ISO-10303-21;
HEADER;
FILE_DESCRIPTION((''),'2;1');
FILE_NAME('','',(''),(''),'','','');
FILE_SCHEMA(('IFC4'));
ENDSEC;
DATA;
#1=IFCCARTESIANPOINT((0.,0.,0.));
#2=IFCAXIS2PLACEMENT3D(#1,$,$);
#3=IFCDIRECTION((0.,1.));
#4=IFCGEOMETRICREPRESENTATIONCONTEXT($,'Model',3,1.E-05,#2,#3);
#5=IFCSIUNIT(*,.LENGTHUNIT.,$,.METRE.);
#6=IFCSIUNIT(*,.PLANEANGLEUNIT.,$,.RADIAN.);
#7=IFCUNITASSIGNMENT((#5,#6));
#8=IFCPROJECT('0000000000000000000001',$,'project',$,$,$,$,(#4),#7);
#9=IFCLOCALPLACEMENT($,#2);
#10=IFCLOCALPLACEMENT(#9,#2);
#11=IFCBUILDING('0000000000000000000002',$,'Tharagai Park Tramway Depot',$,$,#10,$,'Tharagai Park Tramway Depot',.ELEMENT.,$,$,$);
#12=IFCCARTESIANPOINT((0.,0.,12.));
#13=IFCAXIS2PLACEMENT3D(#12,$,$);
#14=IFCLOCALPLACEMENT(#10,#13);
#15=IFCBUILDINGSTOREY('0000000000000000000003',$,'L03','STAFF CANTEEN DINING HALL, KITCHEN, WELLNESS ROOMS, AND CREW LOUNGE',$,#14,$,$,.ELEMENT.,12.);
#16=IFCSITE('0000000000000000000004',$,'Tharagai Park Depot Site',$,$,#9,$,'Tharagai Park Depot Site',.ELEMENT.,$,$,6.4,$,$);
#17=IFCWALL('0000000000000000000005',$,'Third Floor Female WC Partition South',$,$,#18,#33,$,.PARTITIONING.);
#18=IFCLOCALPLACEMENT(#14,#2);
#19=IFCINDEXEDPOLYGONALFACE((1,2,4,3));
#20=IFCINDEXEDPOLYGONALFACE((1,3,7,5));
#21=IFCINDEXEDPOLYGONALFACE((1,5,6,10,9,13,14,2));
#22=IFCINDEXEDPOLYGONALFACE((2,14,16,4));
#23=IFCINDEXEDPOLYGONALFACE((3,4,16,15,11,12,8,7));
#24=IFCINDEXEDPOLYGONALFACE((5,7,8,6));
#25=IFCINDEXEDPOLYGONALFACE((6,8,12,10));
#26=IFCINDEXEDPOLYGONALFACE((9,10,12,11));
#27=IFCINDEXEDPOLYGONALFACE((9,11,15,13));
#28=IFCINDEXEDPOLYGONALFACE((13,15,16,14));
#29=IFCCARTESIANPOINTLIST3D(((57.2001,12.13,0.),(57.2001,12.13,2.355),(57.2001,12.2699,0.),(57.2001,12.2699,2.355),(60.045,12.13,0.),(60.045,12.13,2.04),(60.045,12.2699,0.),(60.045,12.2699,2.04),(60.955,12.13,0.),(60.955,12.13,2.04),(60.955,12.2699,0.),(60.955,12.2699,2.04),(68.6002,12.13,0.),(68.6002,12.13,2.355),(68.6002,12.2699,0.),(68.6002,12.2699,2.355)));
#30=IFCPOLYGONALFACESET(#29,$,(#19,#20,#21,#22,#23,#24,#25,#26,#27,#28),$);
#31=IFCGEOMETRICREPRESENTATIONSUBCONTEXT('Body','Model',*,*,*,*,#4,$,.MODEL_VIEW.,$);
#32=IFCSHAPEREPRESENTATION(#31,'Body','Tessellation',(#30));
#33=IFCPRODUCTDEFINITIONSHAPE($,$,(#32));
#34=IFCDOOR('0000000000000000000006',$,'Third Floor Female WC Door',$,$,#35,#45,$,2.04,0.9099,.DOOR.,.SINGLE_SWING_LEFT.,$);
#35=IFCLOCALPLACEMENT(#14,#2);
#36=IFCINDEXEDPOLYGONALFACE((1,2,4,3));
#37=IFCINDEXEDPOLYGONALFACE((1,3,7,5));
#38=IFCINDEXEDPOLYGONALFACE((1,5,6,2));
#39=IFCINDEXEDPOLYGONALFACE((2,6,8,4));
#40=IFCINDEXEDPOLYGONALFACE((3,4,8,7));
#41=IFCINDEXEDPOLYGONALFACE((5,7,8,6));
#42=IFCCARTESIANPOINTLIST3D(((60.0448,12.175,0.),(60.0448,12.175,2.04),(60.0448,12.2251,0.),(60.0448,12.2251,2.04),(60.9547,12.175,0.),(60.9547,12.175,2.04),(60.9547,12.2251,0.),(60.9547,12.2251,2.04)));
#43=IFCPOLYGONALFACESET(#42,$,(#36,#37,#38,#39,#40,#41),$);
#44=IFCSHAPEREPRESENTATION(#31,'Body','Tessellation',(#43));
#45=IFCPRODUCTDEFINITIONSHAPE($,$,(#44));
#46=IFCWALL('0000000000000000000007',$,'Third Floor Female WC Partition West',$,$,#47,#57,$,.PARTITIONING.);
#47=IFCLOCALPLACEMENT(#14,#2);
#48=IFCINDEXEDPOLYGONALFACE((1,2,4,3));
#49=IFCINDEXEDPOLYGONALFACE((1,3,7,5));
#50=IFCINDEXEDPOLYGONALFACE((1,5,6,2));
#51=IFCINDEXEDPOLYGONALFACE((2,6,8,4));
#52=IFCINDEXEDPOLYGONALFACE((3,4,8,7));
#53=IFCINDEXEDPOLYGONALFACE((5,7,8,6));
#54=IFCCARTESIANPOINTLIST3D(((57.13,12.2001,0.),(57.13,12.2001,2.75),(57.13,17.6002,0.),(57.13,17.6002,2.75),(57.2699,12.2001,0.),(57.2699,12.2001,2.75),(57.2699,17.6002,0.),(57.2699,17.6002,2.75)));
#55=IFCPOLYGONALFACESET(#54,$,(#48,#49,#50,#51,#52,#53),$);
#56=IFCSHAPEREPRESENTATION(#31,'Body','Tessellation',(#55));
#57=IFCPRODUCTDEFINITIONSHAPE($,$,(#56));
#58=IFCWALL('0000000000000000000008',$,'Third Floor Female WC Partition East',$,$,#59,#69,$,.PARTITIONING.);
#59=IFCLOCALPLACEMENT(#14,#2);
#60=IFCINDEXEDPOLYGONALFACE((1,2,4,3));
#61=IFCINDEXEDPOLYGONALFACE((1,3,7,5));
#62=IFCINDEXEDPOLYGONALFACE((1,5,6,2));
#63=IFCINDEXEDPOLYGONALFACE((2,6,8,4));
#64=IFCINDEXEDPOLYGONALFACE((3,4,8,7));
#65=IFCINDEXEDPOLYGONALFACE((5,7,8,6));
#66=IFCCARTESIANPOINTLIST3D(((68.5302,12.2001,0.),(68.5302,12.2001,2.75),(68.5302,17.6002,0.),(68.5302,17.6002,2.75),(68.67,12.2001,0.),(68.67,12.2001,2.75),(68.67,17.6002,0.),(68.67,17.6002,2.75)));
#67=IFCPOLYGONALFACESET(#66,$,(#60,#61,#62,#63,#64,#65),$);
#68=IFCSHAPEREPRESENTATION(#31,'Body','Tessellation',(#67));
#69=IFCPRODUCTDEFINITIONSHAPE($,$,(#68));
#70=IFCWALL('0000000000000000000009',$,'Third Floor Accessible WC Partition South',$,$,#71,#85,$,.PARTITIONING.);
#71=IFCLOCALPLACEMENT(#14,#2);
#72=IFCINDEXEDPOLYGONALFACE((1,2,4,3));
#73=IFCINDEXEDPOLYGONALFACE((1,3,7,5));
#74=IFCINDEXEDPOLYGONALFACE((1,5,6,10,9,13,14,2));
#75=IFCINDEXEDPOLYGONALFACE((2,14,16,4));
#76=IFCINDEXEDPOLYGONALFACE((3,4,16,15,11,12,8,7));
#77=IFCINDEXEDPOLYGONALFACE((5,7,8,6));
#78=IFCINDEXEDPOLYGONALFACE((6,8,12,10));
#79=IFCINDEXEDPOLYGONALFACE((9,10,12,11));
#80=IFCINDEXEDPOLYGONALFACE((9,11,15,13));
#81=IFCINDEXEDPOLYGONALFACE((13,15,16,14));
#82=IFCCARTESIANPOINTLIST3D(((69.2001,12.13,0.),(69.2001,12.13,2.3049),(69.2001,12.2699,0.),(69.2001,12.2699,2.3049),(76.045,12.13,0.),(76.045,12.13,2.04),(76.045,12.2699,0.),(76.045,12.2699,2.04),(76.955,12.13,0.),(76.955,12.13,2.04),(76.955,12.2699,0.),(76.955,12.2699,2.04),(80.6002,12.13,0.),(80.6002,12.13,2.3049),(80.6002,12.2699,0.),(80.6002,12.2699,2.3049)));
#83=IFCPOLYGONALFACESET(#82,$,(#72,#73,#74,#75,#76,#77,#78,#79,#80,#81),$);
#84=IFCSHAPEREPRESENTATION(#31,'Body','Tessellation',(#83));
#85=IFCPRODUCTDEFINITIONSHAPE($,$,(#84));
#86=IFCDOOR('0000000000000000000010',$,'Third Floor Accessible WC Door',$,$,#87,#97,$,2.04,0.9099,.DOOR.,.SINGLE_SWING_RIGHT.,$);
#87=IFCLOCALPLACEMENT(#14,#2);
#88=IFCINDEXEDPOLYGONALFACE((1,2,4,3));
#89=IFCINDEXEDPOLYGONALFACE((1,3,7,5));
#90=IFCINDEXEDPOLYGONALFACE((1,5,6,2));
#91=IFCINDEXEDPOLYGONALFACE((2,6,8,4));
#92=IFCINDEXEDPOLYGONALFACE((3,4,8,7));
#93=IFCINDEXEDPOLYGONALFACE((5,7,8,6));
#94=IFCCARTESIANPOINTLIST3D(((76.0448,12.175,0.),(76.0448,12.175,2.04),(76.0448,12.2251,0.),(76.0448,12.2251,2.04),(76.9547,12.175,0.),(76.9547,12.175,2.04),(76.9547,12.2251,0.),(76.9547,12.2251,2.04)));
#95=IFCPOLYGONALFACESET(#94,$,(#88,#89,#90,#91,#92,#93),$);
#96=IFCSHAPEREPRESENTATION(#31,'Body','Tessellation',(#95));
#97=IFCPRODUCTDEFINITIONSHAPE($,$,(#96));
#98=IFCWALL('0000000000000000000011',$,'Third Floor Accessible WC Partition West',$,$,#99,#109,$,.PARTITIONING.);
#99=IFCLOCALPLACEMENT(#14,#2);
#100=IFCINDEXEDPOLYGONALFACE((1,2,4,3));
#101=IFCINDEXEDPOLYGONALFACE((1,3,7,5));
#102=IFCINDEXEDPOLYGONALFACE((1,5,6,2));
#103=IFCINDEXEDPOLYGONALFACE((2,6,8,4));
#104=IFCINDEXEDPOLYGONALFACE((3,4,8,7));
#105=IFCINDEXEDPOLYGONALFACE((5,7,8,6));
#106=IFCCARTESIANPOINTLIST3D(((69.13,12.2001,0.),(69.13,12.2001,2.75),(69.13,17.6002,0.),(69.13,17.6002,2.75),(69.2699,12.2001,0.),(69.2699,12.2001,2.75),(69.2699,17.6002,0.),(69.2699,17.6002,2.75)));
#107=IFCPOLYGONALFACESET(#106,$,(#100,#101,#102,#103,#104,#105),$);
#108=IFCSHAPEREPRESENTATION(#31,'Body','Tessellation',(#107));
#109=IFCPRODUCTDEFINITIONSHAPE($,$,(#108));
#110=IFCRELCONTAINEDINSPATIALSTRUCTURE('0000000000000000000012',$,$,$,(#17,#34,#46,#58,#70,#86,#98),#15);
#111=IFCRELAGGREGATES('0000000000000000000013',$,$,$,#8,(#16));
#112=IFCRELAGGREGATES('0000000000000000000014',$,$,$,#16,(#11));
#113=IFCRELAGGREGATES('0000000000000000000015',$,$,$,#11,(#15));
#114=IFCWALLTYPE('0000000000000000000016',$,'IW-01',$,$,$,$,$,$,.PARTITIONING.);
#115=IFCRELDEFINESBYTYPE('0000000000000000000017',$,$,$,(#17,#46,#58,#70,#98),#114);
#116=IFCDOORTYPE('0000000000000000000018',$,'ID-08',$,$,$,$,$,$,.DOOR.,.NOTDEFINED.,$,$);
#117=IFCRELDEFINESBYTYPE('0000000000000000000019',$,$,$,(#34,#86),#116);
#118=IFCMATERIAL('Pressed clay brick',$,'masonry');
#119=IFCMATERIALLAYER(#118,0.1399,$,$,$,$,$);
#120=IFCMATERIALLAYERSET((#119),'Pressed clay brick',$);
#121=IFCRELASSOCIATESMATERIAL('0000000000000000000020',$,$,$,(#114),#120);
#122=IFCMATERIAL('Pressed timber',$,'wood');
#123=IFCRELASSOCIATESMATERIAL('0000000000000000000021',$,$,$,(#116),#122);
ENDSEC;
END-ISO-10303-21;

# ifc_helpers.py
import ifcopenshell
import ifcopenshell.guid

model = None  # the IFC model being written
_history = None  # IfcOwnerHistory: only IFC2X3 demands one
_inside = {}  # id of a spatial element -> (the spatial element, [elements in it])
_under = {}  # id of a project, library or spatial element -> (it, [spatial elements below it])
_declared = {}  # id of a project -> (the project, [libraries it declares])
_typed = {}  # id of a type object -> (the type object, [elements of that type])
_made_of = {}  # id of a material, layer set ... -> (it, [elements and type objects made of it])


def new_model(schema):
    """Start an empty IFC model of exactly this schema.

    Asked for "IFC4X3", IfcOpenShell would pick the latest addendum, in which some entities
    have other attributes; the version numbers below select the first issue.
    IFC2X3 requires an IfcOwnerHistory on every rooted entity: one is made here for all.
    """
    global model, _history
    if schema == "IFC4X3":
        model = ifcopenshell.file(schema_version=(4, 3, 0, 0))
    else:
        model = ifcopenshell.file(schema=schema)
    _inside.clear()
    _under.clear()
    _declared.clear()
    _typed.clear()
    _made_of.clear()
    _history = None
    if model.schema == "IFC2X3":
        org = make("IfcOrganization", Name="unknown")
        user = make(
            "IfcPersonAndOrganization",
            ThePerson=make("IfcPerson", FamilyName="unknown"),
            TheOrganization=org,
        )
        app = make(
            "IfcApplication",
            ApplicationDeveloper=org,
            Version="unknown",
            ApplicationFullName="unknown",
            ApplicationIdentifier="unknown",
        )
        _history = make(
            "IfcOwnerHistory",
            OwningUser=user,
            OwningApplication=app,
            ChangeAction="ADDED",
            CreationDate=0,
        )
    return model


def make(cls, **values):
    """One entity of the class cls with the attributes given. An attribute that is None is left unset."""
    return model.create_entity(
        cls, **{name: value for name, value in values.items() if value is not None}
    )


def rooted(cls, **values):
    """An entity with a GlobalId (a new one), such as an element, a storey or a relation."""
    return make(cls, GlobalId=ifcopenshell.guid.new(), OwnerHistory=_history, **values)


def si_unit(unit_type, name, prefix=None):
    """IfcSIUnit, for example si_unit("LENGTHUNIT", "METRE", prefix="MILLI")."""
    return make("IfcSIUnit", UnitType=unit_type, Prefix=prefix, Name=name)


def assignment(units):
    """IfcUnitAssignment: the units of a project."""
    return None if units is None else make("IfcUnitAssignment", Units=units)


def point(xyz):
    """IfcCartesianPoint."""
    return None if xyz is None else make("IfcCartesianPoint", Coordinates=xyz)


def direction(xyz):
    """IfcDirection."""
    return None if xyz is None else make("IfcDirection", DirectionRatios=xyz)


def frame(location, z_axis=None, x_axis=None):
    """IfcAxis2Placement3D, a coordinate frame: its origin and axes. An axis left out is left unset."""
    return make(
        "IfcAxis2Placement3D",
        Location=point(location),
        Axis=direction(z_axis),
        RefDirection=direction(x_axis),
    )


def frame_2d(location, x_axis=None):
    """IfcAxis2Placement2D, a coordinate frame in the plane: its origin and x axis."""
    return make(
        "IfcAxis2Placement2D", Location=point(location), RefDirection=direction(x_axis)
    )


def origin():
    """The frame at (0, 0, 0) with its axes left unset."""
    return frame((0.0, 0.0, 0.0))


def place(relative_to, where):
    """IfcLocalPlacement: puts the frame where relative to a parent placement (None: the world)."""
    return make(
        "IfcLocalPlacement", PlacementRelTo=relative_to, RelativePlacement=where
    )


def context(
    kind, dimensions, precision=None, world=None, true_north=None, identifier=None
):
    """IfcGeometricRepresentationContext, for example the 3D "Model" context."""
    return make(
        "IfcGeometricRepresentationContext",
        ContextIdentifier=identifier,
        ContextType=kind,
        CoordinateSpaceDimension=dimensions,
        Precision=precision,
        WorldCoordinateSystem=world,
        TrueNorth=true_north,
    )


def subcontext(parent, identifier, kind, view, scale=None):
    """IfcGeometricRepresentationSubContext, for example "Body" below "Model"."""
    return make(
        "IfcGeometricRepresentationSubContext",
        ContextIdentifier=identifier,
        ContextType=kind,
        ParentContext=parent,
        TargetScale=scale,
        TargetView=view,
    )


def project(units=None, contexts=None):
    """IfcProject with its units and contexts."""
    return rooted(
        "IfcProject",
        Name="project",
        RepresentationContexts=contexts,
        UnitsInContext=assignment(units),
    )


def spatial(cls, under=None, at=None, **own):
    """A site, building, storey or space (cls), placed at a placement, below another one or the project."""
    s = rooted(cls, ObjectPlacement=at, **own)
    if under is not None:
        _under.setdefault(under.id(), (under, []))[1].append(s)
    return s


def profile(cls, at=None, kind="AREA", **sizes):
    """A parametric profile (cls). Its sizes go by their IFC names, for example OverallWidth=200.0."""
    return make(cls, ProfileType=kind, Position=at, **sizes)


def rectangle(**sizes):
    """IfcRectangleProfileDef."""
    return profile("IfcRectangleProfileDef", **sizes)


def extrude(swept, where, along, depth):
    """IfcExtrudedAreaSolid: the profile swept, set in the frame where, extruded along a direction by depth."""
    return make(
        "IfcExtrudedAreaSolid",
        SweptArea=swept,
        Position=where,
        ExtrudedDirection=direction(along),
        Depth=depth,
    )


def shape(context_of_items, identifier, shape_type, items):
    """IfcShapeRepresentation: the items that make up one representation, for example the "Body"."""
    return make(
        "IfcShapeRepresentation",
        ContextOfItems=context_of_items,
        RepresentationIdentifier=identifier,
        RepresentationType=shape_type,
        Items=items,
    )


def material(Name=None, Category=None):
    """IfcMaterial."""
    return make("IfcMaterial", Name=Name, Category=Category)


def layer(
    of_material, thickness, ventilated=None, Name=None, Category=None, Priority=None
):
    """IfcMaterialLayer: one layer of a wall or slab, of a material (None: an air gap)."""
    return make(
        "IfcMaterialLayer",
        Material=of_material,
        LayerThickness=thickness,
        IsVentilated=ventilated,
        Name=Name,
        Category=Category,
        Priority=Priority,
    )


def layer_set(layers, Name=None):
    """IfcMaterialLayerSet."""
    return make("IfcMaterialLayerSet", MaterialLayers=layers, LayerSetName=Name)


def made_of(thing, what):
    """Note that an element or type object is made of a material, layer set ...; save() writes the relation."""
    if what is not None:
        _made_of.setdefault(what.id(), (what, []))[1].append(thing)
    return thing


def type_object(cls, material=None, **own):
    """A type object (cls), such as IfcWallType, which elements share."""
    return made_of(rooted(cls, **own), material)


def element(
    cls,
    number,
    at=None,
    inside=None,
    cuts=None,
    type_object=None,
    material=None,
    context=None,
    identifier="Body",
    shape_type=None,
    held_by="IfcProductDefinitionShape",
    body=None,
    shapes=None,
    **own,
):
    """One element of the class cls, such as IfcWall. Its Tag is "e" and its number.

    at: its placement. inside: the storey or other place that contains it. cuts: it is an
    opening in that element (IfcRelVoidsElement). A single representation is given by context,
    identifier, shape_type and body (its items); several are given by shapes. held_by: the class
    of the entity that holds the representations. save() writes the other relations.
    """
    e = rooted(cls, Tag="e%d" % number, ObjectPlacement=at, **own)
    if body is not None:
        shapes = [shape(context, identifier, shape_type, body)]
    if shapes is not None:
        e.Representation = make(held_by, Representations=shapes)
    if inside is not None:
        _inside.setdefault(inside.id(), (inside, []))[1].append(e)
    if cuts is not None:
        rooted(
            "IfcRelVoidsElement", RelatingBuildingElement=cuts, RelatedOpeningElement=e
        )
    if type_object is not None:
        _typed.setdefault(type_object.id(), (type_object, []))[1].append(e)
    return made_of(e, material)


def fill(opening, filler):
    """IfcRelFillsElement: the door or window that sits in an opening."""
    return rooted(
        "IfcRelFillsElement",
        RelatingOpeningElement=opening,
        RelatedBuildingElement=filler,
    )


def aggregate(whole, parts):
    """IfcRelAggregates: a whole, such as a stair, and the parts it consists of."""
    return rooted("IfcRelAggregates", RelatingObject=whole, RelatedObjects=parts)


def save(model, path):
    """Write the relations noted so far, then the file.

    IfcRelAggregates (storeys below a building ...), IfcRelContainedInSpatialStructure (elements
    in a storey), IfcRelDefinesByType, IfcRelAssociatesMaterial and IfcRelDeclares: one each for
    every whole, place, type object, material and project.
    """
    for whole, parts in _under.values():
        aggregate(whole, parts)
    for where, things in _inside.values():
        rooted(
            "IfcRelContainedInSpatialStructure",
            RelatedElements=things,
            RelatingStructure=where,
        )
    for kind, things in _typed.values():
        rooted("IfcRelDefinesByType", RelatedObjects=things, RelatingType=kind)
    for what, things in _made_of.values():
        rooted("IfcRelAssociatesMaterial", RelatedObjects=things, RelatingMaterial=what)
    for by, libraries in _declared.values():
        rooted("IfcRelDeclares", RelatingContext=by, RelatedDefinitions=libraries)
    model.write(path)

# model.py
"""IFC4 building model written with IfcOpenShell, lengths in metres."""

from ifc_helpers import new_model, si_unit, direction, frame, frame_2d, origin, place, context, subcontext, project, spatial, rectangle, extrude, material, layer, layer_set, type_object, element, fill, save


model = new_model("IFC4")

# Units and contexts
model_context = context("Model", 3, precision=1e-05, world=origin(), true_north=direction((0.0, 1.0)))
body_context = subcontext(model_context, "Body", "Model", "MODEL_VIEW")
ifc_project = project(units=[si_unit("LENGTHUNIT", "METRE"), si_unit("PLANEANGLEUNIT", "RADIAN")], contexts=[model_context])

# Site, building, storey
site_placement = place(None, origin())
site = spatial("IfcSite", under=ifc_project, at=site_placement, Name="Tharagai Park Depot Site", LongName="Tharagai Park Depot Site", CompositionType="ELEMENT", RefElevation=6.4)
building_placement = place(site_placement, origin())
building = spatial("IfcBuilding", under=site, at=building_placement, Name="Tharagai Park Tramway Depot", LongName="Tharagai Park Tramway Depot", CompositionType="ELEMENT")
storey_placement = place(building_placement, frame((0.0, 0.0, 12.0)))
storey = spatial("IfcBuildingStorey", under=building, at=storey_placement, Name="L03", Description="STAFF CANTEEN DINING HALL, KITCHEN, WELLNESS ROOMS, AND CREW LOUNGE", CompositionType="ELEMENT", Elevation=12.0)

# Shared definitions
ifc_material_1 = material(Name="Pressed clay brick", Category="masonry")

# Shared definitions
ifc_layer_1 = layer(ifc_material_1, 0.1399)
ifc_layer_set_1 = layer_set([ifc_layer_1], Name="Pressed clay brick")
wall_type_1 = type_object("IfcWallType", Name="IW-01", PredefinedType="PARTITIONING", material=ifc_layer_set_1)

# Wall, opening, door
wall_1_placement = place(storey_placement, frame((57.2, 12.2, 0.0), z_axis=(0.0, 0.0, 1.0), x_axis=(1.0, 0.0, 0.0)))
wall_1 = element("IfcWall", 1, at=wall_1_placement, inside=storey, type_object=wall_type_1, Name="Third Floor Female WC Partition South", PredefinedType="PARTITIONING", context=body_context, shape_type="SweptSolid", body=[
    extrude(rectangle(XDim=11.4001, YDim=0.1399, at=frame_2d((5.7002, 0.0))), origin(), (0.0, 0.0, 1.0), 2.355),
])
opening_1_placement = place(wall_1_placement, frame((2.845, 0.0, 0.0)))
opening_1 = element("IfcOpeningElement", 2, at=opening_1_placement, cuts=wall_1, PredefinedType="OPENING", context=body_context, shape_type="SweptSolid", body=[
    extrude(rectangle(XDim=0.9099, YDim=2.04, at=frame_2d((0.4551, 1.02))), frame((0.0, 0.0798, 0.0), z_axis=(0.0, -1.0, 0.0), x_axis=(1.0, 0.0, 0.0)), (0.0, 0.0, 1.0), 0.1599),
])
ifc_material_2 = material(Name="Pressed timber", Category="wood")
door_type = type_object("IfcDoorType", Name="ID-08", OperationType="NOTDEFINED", PredefinedType="DOOR", material=ifc_material_2)
door_1_placement = place(opening_1_placement, frame((0.9099, 0.0, 0.0), z_axis=(0.0, 0.0, 1.0), x_axis=(-1.0, 0.0, 0.0)))
door_1 = element("IfcDoor", 3, at=door_1_placement, inside=storey, type_object=door_type, Name="Third Floor Female WC Door", OperationType="SINGLE_SWING_LEFT", OverallHeight=2.04, OverallWidth=0.9099, PredefinedType="DOOR", context=body_context, shape_type="SweptSolid", body=[
    extrude(rectangle(XDim=0.9099, YDim=2.04, at=frame_2d((0.4551, 1.02))), frame((0.0, 0.0249, 0.0), z_axis=(0.0, -1.0, 0.0), x_axis=(1.0, 0.0, 0.0)), (0.0, 0.0, 1.0), 0.05),
])
fill(opening_1, door_1)

# Walls
for number, where, z_axis, x_axis, name in (
    (4, (57.2, 12.2, 0.0), (0.0, 0.0, 1.0), (0.0, 1.0, 0.0), "Third Floor Female WC Partition West"),
    (5, (68.6001, 12.2, 0.0), (0.0, 0.0, 1.0), (0.0, 1.0, 0.0), "Third Floor Female WC Partition East"),
):
    element("IfcWall", number, at=place(storey_placement, frame(where, z_axis=z_axis, x_axis=x_axis)), inside=storey, type_object=wall_type_1, Name=name, PredefinedType="PARTITIONING", context=body_context, shape_type="SweptSolid", body=[
        extrude(rectangle(XDim=5.4001, YDim=0.1399, at=frame_2d((2.7002, 0.0))), origin(), (0.0, 0.0, 1.0), 2.75),
    ])

# Wall, opening, door
wall_2_placement = place(storey_placement, frame((69.2, 12.2, 0.0), z_axis=(0.0, 0.0, 1.0), x_axis=(1.0, 0.0, 0.0)))
wall_2 = element("IfcWall", 6, at=wall_2_placement, inside=storey, type_object=wall_type_1, Name="Third Floor Accessible WC Partition South", PredefinedType="PARTITIONING", context=body_context, shape_type="SweptSolid", body=[
    extrude(rectangle(XDim=11.4001, YDim=0.1399, at=frame_2d((5.7002, 0.0))), origin(), (0.0, 0.0, 1.0), 2.3049),
])
opening_2_placement = place(wall_2_placement, frame((6.845, 0.0, 0.0)))
opening_2 = element("IfcOpeningElement", 7, at=opening_2_placement, cuts=wall_2, PredefinedType="OPENING", context=body_context, shape_type="SweptSolid", body=[
    extrude(rectangle(XDim=0.9099, YDim=2.04, at=frame_2d((0.4551, 1.02))), frame((0.0, 0.0798, 0.0), z_axis=(0.0, -1.0, 0.0), x_axis=(1.0, 0.0, 0.0)), (0.0, 0.0, 1.0), 0.1599),
])
door_2_placement = place(opening_2_placement, frame((0.9099, 0.0, 0.0), z_axis=(0.0, 0.0, 1.0), x_axis=(-1.0, 0.0, 0.0)))
door_2 = element("IfcDoor", 8, at=door_2_placement, inside=storey, type_object=door_type, Name="Third Floor Accessible WC Door", OperationType="SINGLE_SWING_RIGHT", OverallHeight=2.04, OverallWidth=0.9099, PredefinedType="DOOR", context=body_context, shape_type="SweptSolid", body=[
    extrude(rectangle(XDim=0.9099, YDim=2.04, at=frame_2d((0.4551, 1.02))), frame((0.0, 0.0249, 0.0), z_axis=(0.0, -1.0, 0.0), x_axis=(1.0, 0.0, 0.0)), (0.0, 0.0, 1.0), 0.05),
])
fill(opening_2, door_2)

# Wall
wall_3_placement = place(storey_placement, frame((69.2, 12.2, 0.0), z_axis=(0.0, 0.0, 1.0), x_axis=(0.0, 1.0, 0.0)))
element("IfcWall", 9, at=wall_3_placement, inside=storey, type_object=wall_type_1, Name="Third Floor Accessible WC Partition West", PredefinedType="PARTITIONING", context=body_context, shape_type="SweptSolid", body=[
    extrude(rectangle(XDim=5.4001, YDim=0.1399, at=frame_2d((2.7002, 0.0))), origin(), (0.0, 0.0, 1.0), 2.75),
])

save(model, "model.ifc")
